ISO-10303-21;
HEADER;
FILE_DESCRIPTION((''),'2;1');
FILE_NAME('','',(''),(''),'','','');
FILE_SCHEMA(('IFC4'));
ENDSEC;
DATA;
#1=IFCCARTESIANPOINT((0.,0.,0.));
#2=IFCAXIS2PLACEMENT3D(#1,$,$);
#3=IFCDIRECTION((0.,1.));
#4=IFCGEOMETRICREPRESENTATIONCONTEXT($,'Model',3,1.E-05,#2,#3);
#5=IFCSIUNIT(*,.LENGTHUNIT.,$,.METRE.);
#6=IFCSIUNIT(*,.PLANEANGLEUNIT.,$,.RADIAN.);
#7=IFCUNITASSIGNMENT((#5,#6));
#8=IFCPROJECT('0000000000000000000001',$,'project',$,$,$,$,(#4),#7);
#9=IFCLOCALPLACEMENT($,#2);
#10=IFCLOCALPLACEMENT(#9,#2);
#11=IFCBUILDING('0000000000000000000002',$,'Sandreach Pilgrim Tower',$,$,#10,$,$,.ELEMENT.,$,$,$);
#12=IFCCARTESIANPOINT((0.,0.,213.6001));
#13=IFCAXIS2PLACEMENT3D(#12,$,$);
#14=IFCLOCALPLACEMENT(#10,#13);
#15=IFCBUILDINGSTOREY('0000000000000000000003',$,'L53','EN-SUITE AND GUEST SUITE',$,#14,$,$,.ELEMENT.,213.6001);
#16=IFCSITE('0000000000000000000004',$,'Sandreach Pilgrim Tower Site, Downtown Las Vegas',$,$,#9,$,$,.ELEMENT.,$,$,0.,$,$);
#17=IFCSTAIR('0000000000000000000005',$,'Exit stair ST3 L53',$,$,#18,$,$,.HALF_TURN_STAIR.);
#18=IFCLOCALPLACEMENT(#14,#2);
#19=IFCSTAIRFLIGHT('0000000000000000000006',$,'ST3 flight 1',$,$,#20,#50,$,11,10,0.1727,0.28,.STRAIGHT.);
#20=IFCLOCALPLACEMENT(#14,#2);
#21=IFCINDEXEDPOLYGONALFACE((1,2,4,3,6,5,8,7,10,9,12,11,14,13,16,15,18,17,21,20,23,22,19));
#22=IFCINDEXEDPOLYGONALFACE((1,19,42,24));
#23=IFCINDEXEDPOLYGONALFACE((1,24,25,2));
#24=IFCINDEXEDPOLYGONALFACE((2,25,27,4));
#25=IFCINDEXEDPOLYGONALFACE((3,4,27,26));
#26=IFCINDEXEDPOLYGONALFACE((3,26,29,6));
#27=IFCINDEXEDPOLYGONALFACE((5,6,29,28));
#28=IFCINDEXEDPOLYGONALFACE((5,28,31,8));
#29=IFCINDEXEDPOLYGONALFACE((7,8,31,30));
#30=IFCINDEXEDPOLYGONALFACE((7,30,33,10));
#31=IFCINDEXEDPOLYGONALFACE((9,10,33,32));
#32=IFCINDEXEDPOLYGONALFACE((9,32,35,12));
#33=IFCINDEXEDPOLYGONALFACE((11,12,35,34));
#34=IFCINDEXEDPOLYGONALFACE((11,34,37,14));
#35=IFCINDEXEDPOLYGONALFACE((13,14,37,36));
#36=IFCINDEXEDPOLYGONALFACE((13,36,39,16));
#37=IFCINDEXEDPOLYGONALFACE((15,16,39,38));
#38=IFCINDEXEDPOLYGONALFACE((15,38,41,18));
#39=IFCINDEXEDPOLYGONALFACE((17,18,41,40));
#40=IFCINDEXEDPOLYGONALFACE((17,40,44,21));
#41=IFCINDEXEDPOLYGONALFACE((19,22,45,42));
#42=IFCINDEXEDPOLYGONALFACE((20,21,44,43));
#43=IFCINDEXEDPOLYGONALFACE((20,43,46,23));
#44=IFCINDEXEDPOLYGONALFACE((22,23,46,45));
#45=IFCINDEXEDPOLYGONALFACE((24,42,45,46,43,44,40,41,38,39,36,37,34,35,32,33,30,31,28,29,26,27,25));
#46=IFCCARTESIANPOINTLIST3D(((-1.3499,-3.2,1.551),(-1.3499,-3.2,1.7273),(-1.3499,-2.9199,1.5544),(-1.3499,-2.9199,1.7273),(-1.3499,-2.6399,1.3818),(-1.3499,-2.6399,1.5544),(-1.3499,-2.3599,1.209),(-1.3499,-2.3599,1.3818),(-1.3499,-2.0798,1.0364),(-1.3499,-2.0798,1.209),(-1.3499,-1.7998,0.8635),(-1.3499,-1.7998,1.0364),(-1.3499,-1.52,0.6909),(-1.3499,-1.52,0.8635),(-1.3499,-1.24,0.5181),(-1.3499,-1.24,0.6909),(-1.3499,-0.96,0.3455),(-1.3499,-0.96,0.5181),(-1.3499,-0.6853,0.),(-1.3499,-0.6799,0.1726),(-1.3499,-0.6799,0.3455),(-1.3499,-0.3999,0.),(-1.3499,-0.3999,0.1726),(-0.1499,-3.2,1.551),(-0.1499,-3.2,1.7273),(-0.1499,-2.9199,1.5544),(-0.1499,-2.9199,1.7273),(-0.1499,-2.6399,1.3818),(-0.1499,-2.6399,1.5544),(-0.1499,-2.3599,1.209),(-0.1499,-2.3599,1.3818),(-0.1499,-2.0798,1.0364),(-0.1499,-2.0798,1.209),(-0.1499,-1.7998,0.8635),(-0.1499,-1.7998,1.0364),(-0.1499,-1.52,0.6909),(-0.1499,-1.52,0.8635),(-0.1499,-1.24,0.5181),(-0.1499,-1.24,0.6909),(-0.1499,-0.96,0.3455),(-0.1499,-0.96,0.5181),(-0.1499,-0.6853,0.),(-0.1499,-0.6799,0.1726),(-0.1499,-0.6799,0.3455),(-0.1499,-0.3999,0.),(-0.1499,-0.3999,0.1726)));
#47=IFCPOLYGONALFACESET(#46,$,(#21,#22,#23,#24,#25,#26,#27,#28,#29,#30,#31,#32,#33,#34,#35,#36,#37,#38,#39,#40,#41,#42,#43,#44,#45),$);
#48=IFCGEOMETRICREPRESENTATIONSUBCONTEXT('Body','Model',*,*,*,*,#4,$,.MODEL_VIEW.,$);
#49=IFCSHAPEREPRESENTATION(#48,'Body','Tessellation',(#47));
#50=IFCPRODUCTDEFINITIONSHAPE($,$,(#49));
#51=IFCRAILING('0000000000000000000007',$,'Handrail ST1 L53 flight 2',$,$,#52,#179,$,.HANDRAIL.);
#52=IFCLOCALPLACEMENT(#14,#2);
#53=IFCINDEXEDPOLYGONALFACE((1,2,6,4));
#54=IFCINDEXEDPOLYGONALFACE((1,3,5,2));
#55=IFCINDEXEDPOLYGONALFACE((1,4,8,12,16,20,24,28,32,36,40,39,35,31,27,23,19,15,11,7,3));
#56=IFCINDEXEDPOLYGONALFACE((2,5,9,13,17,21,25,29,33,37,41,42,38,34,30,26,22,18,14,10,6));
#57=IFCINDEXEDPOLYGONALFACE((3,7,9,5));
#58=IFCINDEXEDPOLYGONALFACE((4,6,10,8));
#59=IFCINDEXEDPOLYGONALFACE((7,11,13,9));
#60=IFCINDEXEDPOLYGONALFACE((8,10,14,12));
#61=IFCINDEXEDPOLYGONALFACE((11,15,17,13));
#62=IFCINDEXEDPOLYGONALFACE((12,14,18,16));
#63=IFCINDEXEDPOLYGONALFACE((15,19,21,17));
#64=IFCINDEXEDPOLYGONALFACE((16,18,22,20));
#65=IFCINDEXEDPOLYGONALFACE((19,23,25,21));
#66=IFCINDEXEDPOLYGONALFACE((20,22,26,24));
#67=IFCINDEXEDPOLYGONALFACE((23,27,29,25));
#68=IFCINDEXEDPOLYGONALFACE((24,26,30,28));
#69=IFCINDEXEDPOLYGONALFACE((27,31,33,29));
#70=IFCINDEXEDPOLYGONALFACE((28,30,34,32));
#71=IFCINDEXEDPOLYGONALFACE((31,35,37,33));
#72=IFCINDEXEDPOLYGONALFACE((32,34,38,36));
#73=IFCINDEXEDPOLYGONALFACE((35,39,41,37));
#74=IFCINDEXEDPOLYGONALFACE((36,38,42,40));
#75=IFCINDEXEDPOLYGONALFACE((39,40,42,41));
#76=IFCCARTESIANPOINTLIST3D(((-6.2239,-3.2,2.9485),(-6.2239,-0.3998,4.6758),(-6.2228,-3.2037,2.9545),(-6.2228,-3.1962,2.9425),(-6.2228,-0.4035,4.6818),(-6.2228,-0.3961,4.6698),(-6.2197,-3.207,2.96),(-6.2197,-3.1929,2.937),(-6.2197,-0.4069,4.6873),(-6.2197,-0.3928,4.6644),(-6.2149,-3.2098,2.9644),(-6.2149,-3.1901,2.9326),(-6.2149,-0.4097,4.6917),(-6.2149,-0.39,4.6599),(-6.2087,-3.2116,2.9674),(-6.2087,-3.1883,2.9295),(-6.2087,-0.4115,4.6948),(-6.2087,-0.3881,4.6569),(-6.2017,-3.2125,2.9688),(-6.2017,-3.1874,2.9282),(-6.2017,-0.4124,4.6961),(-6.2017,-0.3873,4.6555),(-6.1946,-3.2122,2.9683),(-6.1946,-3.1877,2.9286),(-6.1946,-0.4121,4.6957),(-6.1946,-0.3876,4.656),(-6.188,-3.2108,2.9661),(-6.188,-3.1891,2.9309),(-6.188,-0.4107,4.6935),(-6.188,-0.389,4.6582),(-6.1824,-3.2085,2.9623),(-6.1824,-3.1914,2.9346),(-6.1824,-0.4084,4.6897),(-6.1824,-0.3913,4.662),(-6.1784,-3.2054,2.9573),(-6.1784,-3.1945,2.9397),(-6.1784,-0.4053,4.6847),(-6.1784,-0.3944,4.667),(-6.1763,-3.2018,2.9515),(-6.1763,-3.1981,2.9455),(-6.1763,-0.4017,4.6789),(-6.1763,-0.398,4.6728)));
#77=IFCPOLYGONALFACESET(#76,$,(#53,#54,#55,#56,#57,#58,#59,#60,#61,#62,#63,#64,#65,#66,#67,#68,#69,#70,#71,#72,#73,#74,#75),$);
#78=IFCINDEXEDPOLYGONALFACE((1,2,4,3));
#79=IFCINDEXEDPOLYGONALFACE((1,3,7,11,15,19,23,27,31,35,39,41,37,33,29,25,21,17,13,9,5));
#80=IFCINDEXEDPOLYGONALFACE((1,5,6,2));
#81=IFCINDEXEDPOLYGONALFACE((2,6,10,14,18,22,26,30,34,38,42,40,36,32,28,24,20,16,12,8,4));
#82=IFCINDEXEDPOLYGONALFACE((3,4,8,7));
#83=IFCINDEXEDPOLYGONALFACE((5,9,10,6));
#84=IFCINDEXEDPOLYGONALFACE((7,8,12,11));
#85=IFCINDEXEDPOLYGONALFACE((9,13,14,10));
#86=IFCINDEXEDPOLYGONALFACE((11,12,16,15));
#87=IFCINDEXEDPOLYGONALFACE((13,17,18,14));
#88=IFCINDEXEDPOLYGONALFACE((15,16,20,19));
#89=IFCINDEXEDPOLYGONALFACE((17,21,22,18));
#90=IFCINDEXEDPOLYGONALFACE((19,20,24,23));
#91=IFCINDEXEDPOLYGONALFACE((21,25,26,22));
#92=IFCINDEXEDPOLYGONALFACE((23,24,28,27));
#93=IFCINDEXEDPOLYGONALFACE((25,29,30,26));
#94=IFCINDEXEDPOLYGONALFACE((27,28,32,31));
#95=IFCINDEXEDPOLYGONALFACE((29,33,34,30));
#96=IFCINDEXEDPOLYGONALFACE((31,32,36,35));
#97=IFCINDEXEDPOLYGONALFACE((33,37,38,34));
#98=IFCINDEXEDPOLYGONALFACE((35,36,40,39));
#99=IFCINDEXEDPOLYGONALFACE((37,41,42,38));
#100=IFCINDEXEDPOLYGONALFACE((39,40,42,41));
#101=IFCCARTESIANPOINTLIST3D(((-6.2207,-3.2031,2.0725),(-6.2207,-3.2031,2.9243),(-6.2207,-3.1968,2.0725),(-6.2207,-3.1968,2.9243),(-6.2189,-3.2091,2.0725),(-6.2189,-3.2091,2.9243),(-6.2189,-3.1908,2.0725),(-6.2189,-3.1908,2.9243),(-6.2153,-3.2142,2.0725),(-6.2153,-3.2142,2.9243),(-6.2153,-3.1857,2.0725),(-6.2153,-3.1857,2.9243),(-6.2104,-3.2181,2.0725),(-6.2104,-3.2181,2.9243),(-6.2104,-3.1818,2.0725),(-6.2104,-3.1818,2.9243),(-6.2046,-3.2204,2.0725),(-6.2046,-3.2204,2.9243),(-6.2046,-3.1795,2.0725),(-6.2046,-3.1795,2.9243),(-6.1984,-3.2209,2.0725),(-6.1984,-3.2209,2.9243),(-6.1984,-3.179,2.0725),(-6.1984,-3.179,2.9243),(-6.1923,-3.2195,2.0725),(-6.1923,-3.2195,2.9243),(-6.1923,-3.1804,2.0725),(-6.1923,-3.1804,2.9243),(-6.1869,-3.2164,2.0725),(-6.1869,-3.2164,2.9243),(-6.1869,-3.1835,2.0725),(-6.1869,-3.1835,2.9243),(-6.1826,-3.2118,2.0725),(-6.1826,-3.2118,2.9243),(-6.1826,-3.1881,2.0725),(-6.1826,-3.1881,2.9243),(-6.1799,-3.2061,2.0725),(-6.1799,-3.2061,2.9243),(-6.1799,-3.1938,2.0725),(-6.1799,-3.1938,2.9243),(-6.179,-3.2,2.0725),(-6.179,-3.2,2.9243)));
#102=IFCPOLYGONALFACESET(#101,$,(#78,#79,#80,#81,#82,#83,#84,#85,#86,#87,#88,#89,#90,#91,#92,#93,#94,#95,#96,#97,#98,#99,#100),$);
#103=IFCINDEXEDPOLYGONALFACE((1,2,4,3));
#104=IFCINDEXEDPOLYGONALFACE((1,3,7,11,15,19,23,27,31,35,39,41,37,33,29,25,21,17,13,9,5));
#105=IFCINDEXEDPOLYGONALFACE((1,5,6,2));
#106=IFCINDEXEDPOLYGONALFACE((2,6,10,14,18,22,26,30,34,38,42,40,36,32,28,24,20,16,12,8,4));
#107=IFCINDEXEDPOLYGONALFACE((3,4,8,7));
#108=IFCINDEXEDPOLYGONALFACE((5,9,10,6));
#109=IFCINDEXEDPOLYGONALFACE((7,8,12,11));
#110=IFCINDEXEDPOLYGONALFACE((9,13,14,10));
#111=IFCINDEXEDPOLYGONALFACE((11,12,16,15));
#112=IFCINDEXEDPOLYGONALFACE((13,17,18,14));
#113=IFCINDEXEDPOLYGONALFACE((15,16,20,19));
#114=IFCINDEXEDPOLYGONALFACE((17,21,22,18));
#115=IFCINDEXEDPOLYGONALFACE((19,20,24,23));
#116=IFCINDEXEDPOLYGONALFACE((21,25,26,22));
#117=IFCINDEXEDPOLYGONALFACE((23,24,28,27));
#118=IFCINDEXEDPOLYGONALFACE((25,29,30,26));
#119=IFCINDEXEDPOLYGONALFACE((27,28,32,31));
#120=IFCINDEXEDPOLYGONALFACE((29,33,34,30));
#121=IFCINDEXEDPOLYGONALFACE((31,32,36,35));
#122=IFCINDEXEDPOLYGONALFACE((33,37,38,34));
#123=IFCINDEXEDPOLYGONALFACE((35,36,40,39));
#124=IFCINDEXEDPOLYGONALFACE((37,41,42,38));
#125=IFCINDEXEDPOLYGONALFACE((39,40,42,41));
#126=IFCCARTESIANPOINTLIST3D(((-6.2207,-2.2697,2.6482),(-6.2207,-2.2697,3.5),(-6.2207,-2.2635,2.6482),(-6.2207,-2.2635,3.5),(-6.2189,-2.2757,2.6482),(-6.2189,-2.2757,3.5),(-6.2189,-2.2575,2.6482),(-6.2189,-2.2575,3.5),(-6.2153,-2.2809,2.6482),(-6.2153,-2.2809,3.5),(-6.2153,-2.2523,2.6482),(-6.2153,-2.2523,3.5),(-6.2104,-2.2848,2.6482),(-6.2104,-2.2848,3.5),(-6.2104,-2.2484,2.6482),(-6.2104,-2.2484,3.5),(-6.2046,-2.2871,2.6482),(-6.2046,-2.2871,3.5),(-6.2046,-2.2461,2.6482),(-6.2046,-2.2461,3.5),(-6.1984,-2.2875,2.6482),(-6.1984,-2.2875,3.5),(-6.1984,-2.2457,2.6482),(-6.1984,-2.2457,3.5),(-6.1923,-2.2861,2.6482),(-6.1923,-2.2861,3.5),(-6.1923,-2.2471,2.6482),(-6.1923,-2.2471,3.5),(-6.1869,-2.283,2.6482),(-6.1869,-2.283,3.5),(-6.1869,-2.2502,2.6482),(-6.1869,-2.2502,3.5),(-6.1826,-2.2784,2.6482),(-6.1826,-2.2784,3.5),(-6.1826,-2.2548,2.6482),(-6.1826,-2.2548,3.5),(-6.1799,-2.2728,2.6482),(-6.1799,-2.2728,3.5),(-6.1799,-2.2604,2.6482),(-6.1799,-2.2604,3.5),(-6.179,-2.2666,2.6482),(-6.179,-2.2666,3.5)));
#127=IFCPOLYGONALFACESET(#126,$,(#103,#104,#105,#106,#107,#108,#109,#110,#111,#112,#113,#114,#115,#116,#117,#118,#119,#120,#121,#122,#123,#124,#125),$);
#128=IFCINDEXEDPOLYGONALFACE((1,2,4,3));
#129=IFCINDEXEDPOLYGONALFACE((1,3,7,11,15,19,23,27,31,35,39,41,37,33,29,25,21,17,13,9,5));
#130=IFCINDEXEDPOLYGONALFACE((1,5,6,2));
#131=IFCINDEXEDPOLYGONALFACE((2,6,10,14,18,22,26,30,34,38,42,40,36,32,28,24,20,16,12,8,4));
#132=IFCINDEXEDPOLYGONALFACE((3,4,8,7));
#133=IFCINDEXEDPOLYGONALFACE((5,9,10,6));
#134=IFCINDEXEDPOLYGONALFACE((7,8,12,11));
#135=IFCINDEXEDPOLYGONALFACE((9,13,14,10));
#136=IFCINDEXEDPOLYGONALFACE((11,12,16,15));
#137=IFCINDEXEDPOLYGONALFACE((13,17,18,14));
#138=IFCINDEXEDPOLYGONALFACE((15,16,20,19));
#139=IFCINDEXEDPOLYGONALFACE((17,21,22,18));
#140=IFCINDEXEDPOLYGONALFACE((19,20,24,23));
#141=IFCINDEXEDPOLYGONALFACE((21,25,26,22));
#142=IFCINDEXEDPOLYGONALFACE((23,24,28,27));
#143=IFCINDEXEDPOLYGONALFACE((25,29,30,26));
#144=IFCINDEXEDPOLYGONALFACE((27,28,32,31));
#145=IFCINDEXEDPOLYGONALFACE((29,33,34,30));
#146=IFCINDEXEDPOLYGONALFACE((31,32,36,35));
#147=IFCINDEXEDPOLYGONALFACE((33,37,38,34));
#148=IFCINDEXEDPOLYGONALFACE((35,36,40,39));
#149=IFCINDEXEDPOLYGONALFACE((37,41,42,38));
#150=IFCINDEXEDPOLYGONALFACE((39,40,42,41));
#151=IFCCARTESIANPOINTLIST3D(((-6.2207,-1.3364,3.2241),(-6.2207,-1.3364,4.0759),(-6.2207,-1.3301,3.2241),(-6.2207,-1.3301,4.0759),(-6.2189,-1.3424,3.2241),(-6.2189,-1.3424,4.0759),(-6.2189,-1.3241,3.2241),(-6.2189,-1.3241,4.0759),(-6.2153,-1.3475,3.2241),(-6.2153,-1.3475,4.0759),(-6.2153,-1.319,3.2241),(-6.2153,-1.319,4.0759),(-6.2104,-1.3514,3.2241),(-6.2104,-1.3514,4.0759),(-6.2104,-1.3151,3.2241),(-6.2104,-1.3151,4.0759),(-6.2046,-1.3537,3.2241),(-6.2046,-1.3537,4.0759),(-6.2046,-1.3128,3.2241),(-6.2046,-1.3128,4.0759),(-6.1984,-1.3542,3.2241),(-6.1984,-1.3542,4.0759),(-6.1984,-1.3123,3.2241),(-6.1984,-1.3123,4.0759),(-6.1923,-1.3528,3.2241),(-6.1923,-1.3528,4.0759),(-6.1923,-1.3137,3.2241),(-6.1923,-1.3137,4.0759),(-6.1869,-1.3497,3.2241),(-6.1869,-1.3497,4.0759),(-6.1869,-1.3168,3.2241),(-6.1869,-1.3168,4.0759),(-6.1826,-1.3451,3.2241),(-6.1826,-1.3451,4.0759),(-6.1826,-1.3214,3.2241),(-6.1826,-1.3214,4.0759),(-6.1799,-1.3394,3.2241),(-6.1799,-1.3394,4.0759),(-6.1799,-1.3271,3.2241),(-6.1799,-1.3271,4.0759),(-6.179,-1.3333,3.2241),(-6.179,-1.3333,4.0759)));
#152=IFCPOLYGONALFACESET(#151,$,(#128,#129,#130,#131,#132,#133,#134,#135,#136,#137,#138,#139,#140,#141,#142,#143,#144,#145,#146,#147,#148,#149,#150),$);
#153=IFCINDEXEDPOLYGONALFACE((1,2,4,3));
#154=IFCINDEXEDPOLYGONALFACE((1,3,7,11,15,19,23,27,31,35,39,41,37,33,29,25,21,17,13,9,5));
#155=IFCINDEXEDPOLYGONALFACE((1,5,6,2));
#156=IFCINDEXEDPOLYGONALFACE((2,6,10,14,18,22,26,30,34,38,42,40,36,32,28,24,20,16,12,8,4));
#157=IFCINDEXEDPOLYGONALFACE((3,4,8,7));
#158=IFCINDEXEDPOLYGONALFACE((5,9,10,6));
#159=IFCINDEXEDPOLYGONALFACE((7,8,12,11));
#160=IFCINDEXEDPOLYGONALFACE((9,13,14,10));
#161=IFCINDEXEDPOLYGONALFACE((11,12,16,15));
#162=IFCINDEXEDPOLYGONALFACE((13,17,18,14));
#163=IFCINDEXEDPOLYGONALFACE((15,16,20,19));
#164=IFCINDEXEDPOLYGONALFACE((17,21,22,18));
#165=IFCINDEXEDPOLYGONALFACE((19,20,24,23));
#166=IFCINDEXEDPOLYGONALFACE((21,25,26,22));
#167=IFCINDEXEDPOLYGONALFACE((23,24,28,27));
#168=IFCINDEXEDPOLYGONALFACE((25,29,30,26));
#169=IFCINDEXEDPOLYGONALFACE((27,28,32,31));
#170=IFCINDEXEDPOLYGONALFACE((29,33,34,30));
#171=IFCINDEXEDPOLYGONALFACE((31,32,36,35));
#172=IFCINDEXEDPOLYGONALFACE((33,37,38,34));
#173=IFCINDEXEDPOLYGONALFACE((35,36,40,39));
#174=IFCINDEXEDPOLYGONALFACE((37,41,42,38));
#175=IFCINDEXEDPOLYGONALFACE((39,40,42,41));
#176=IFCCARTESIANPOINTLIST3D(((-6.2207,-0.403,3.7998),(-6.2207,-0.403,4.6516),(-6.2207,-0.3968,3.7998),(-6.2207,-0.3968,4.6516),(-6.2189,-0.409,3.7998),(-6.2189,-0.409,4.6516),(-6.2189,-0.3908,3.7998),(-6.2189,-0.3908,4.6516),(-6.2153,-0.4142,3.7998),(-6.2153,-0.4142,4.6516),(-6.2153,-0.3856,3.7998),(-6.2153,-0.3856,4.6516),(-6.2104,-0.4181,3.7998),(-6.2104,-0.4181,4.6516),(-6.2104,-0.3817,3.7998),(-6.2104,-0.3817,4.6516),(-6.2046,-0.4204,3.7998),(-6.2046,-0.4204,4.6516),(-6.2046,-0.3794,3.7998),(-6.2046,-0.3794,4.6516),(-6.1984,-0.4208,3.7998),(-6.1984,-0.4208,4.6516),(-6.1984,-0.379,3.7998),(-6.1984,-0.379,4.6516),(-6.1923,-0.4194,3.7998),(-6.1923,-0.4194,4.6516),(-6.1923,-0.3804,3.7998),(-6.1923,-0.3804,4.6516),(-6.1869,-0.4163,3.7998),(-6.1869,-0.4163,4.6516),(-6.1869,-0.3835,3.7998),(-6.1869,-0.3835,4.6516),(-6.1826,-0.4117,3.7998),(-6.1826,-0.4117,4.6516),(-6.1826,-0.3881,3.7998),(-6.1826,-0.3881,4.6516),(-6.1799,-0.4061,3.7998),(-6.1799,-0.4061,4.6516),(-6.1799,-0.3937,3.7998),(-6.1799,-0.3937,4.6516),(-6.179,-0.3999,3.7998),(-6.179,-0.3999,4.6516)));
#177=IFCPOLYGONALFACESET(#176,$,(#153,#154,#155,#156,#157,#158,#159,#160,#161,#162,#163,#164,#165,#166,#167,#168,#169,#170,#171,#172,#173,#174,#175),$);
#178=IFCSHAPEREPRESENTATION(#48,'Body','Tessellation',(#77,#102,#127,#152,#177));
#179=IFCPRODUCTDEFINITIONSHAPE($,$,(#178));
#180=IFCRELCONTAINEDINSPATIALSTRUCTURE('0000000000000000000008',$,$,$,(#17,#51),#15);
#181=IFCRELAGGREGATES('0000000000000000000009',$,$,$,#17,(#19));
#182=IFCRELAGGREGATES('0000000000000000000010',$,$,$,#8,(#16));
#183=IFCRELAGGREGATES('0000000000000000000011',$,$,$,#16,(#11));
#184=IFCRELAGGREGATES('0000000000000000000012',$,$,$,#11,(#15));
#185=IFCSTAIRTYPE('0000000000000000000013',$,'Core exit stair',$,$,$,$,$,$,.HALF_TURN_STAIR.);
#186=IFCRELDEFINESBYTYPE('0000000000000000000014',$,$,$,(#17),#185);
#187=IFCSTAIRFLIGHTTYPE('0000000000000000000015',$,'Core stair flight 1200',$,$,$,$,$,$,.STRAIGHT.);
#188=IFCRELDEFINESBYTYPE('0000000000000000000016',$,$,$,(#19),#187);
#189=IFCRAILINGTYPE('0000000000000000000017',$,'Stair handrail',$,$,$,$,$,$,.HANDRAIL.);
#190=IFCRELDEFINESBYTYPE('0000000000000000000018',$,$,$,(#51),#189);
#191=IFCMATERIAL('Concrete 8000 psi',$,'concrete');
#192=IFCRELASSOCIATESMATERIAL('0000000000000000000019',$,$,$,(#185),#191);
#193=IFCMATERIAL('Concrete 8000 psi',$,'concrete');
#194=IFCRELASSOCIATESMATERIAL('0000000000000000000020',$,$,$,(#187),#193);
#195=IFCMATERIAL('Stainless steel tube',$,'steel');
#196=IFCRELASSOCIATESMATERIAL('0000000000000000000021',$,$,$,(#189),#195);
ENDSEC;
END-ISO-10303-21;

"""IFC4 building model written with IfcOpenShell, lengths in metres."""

from ifc_helpers import new_model, si_unit, direction, frame, origin, origin_2d, place, context, subcontext, project, spatial, polyline, circle, outline, extrude, material, type_object, element, aggregate, save


model = new_model("IFC4")

# Units and contexts
model_context = context("Model", 3, precision=1e-05, world=origin(), true_north=direction((0.0, 1.0)))
body_context = subcontext(model_context, "Body", "Model", "MODEL_VIEW")
ifc_project = project(units=[si_unit("LENGTHUNIT", "METRE"), si_unit("PLANEANGLEUNIT", "RADIAN")], contexts=[model_context])

# Site, building, storey
site_placement = place(None, origin())
site = spatial("IfcSite", under=ifc_project, at=site_placement, Name="Sandreach Pilgrim Tower Site, Downtown Las Vegas", CompositionType="ELEMENT", RefElevation=0.0)
building_placement = place(site_placement, origin())
building = spatial("IfcBuilding", under=site, at=building_placement, Name="Sandreach Pilgrim Tower", CompositionType="ELEMENT")
storey_placement = place(building_placement, frame((0.0, 0.0, 213.6001)))
storey = spatial("IfcBuildingStorey", under=building, at=storey_placement, Name="L53", Description="EN-SUITE AND GUEST SUITE", CompositionType="ELEMENT", Elevation=213.6001)

# Stair, stair flight
ifc_material_1 = material(Name="Concrete 8000 psi", Category="concrete")
stair_type = type_object("IfcStairType", Name="Core exit stair", PredefinedType="HALF_TURN_STAIR", material=ifc_material_1)
ifc_material_2 = material(Name="Concrete 8000 psi", Category="concrete")
stair_flight_type = type_object("IfcStairFlightType", Name="Core stair flight 1200", PredefinedType="STRAIGHT", material=ifc_material_2)
stair_1_placement = place(storey_placement, origin())
stair_1 = element("IfcStair", 1, at=stair_1_placement, inside=storey, type_object=stair_type, Name="Exit stair ST3 L53", PredefinedType="HALF_TURN_STAIR")
stair_flight_1_placement = place(storey_placement, frame((-0.75, -0.3999, 0.0), z_axis=(0.0, 0.0, 1.0), x_axis=(0.0, -1.0, 0.0)))
stair_flight_1 = element("IfcStairFlight", 2, at=stair_flight_1_placement, type_object=stair_flight_type, Name="ST3 flight 1", NumberOfRisers=11, NumberOfTreads=10, PredefinedType="STRAIGHT", RiserHeight=0.1727, TreadLength=0.28, context=body_context, shape_type="SweptSolid", body=[
    extrude(outline(polyline([(0.0, 0.0), (0.0, 0.1726), (0.28, 0.1726), (0.28, 0.3455), (0.5601, 0.3455), (0.5601, 0.5181), (0.8401, 0.5181), (0.8401, 0.6909), (1.1201, 0.6909), (1.1201, 0.8635), (1.3999, 0.8635), (1.3999, 1.0364), (1.6799, 1.0364), (1.6799, 1.209), (1.96, 1.209), (1.96, 1.3818), (2.24, 1.3818), (2.24, 1.5544), (2.52, 1.5544), (2.52, 1.7273), (2.8, 1.7273), (2.8, 1.8999), (2.8, 1.551), (0.2854, 0.0), (0.0, 0.0)])), frame((0.0, 0.6001, 0.0), z_axis=(0.0, -1.0, 0.0), x_axis=(1.0, 0.0, 0.0)), (0.0, 0.0, 1.0), 1.2),
])
aggregate(stair_1, [stair_flight_1])

# Railing
ifc_material_3 = material(Name="Stainless steel tube", Category="steel")
railing_type = type_object("IfcRailingType", Name="Stair handrail", PredefinedType="HANDRAIL", material=ifc_material_3)
for number, where, name in (
    (3, (-6.2, -3.2, 2.0725), "Handrail ST1 L53 flight 2"),
):
    element("IfcRailing", number, at=place(storey_placement, frame(where)), inside=storey, type_object=railing_type, Name=name, PredefinedType="HANDRAIL", context=body_context, shape_type="SweptSolid", body=[
        extrude(circle(Radius=0.0239, at=origin_2d()), frame((0.0, 0.0, 0.876), z_axis=(0.0, 0.85109, 0.52502), x_axis=(-1.0, 0.0, 0.0)), (0.0, 0.0, 1.0), 3.29),
        extrude(circle(Radius=0.021, at=origin_2d()), origin(), (0.0, 0.0, 1.0), 0.8518),
        extrude(circle(Radius=0.021, at=origin_2d()), frame((0.0, 0.9333, 0.5757)), (0.0, 0.0, 1.0), 0.8518),
        extrude(circle(Radius=0.021, at=origin_2d()), frame((0.0, 1.8667, 1.1516)), (0.0, 0.0, 1.0), 0.8518),
        extrude(circle(Radius=0.021, at=origin_2d()), frame((0.0, 2.8, 1.7273)), (0.0, 0.0, 1.0), 0.8518),
    ])

save(model, "model.ifc")
